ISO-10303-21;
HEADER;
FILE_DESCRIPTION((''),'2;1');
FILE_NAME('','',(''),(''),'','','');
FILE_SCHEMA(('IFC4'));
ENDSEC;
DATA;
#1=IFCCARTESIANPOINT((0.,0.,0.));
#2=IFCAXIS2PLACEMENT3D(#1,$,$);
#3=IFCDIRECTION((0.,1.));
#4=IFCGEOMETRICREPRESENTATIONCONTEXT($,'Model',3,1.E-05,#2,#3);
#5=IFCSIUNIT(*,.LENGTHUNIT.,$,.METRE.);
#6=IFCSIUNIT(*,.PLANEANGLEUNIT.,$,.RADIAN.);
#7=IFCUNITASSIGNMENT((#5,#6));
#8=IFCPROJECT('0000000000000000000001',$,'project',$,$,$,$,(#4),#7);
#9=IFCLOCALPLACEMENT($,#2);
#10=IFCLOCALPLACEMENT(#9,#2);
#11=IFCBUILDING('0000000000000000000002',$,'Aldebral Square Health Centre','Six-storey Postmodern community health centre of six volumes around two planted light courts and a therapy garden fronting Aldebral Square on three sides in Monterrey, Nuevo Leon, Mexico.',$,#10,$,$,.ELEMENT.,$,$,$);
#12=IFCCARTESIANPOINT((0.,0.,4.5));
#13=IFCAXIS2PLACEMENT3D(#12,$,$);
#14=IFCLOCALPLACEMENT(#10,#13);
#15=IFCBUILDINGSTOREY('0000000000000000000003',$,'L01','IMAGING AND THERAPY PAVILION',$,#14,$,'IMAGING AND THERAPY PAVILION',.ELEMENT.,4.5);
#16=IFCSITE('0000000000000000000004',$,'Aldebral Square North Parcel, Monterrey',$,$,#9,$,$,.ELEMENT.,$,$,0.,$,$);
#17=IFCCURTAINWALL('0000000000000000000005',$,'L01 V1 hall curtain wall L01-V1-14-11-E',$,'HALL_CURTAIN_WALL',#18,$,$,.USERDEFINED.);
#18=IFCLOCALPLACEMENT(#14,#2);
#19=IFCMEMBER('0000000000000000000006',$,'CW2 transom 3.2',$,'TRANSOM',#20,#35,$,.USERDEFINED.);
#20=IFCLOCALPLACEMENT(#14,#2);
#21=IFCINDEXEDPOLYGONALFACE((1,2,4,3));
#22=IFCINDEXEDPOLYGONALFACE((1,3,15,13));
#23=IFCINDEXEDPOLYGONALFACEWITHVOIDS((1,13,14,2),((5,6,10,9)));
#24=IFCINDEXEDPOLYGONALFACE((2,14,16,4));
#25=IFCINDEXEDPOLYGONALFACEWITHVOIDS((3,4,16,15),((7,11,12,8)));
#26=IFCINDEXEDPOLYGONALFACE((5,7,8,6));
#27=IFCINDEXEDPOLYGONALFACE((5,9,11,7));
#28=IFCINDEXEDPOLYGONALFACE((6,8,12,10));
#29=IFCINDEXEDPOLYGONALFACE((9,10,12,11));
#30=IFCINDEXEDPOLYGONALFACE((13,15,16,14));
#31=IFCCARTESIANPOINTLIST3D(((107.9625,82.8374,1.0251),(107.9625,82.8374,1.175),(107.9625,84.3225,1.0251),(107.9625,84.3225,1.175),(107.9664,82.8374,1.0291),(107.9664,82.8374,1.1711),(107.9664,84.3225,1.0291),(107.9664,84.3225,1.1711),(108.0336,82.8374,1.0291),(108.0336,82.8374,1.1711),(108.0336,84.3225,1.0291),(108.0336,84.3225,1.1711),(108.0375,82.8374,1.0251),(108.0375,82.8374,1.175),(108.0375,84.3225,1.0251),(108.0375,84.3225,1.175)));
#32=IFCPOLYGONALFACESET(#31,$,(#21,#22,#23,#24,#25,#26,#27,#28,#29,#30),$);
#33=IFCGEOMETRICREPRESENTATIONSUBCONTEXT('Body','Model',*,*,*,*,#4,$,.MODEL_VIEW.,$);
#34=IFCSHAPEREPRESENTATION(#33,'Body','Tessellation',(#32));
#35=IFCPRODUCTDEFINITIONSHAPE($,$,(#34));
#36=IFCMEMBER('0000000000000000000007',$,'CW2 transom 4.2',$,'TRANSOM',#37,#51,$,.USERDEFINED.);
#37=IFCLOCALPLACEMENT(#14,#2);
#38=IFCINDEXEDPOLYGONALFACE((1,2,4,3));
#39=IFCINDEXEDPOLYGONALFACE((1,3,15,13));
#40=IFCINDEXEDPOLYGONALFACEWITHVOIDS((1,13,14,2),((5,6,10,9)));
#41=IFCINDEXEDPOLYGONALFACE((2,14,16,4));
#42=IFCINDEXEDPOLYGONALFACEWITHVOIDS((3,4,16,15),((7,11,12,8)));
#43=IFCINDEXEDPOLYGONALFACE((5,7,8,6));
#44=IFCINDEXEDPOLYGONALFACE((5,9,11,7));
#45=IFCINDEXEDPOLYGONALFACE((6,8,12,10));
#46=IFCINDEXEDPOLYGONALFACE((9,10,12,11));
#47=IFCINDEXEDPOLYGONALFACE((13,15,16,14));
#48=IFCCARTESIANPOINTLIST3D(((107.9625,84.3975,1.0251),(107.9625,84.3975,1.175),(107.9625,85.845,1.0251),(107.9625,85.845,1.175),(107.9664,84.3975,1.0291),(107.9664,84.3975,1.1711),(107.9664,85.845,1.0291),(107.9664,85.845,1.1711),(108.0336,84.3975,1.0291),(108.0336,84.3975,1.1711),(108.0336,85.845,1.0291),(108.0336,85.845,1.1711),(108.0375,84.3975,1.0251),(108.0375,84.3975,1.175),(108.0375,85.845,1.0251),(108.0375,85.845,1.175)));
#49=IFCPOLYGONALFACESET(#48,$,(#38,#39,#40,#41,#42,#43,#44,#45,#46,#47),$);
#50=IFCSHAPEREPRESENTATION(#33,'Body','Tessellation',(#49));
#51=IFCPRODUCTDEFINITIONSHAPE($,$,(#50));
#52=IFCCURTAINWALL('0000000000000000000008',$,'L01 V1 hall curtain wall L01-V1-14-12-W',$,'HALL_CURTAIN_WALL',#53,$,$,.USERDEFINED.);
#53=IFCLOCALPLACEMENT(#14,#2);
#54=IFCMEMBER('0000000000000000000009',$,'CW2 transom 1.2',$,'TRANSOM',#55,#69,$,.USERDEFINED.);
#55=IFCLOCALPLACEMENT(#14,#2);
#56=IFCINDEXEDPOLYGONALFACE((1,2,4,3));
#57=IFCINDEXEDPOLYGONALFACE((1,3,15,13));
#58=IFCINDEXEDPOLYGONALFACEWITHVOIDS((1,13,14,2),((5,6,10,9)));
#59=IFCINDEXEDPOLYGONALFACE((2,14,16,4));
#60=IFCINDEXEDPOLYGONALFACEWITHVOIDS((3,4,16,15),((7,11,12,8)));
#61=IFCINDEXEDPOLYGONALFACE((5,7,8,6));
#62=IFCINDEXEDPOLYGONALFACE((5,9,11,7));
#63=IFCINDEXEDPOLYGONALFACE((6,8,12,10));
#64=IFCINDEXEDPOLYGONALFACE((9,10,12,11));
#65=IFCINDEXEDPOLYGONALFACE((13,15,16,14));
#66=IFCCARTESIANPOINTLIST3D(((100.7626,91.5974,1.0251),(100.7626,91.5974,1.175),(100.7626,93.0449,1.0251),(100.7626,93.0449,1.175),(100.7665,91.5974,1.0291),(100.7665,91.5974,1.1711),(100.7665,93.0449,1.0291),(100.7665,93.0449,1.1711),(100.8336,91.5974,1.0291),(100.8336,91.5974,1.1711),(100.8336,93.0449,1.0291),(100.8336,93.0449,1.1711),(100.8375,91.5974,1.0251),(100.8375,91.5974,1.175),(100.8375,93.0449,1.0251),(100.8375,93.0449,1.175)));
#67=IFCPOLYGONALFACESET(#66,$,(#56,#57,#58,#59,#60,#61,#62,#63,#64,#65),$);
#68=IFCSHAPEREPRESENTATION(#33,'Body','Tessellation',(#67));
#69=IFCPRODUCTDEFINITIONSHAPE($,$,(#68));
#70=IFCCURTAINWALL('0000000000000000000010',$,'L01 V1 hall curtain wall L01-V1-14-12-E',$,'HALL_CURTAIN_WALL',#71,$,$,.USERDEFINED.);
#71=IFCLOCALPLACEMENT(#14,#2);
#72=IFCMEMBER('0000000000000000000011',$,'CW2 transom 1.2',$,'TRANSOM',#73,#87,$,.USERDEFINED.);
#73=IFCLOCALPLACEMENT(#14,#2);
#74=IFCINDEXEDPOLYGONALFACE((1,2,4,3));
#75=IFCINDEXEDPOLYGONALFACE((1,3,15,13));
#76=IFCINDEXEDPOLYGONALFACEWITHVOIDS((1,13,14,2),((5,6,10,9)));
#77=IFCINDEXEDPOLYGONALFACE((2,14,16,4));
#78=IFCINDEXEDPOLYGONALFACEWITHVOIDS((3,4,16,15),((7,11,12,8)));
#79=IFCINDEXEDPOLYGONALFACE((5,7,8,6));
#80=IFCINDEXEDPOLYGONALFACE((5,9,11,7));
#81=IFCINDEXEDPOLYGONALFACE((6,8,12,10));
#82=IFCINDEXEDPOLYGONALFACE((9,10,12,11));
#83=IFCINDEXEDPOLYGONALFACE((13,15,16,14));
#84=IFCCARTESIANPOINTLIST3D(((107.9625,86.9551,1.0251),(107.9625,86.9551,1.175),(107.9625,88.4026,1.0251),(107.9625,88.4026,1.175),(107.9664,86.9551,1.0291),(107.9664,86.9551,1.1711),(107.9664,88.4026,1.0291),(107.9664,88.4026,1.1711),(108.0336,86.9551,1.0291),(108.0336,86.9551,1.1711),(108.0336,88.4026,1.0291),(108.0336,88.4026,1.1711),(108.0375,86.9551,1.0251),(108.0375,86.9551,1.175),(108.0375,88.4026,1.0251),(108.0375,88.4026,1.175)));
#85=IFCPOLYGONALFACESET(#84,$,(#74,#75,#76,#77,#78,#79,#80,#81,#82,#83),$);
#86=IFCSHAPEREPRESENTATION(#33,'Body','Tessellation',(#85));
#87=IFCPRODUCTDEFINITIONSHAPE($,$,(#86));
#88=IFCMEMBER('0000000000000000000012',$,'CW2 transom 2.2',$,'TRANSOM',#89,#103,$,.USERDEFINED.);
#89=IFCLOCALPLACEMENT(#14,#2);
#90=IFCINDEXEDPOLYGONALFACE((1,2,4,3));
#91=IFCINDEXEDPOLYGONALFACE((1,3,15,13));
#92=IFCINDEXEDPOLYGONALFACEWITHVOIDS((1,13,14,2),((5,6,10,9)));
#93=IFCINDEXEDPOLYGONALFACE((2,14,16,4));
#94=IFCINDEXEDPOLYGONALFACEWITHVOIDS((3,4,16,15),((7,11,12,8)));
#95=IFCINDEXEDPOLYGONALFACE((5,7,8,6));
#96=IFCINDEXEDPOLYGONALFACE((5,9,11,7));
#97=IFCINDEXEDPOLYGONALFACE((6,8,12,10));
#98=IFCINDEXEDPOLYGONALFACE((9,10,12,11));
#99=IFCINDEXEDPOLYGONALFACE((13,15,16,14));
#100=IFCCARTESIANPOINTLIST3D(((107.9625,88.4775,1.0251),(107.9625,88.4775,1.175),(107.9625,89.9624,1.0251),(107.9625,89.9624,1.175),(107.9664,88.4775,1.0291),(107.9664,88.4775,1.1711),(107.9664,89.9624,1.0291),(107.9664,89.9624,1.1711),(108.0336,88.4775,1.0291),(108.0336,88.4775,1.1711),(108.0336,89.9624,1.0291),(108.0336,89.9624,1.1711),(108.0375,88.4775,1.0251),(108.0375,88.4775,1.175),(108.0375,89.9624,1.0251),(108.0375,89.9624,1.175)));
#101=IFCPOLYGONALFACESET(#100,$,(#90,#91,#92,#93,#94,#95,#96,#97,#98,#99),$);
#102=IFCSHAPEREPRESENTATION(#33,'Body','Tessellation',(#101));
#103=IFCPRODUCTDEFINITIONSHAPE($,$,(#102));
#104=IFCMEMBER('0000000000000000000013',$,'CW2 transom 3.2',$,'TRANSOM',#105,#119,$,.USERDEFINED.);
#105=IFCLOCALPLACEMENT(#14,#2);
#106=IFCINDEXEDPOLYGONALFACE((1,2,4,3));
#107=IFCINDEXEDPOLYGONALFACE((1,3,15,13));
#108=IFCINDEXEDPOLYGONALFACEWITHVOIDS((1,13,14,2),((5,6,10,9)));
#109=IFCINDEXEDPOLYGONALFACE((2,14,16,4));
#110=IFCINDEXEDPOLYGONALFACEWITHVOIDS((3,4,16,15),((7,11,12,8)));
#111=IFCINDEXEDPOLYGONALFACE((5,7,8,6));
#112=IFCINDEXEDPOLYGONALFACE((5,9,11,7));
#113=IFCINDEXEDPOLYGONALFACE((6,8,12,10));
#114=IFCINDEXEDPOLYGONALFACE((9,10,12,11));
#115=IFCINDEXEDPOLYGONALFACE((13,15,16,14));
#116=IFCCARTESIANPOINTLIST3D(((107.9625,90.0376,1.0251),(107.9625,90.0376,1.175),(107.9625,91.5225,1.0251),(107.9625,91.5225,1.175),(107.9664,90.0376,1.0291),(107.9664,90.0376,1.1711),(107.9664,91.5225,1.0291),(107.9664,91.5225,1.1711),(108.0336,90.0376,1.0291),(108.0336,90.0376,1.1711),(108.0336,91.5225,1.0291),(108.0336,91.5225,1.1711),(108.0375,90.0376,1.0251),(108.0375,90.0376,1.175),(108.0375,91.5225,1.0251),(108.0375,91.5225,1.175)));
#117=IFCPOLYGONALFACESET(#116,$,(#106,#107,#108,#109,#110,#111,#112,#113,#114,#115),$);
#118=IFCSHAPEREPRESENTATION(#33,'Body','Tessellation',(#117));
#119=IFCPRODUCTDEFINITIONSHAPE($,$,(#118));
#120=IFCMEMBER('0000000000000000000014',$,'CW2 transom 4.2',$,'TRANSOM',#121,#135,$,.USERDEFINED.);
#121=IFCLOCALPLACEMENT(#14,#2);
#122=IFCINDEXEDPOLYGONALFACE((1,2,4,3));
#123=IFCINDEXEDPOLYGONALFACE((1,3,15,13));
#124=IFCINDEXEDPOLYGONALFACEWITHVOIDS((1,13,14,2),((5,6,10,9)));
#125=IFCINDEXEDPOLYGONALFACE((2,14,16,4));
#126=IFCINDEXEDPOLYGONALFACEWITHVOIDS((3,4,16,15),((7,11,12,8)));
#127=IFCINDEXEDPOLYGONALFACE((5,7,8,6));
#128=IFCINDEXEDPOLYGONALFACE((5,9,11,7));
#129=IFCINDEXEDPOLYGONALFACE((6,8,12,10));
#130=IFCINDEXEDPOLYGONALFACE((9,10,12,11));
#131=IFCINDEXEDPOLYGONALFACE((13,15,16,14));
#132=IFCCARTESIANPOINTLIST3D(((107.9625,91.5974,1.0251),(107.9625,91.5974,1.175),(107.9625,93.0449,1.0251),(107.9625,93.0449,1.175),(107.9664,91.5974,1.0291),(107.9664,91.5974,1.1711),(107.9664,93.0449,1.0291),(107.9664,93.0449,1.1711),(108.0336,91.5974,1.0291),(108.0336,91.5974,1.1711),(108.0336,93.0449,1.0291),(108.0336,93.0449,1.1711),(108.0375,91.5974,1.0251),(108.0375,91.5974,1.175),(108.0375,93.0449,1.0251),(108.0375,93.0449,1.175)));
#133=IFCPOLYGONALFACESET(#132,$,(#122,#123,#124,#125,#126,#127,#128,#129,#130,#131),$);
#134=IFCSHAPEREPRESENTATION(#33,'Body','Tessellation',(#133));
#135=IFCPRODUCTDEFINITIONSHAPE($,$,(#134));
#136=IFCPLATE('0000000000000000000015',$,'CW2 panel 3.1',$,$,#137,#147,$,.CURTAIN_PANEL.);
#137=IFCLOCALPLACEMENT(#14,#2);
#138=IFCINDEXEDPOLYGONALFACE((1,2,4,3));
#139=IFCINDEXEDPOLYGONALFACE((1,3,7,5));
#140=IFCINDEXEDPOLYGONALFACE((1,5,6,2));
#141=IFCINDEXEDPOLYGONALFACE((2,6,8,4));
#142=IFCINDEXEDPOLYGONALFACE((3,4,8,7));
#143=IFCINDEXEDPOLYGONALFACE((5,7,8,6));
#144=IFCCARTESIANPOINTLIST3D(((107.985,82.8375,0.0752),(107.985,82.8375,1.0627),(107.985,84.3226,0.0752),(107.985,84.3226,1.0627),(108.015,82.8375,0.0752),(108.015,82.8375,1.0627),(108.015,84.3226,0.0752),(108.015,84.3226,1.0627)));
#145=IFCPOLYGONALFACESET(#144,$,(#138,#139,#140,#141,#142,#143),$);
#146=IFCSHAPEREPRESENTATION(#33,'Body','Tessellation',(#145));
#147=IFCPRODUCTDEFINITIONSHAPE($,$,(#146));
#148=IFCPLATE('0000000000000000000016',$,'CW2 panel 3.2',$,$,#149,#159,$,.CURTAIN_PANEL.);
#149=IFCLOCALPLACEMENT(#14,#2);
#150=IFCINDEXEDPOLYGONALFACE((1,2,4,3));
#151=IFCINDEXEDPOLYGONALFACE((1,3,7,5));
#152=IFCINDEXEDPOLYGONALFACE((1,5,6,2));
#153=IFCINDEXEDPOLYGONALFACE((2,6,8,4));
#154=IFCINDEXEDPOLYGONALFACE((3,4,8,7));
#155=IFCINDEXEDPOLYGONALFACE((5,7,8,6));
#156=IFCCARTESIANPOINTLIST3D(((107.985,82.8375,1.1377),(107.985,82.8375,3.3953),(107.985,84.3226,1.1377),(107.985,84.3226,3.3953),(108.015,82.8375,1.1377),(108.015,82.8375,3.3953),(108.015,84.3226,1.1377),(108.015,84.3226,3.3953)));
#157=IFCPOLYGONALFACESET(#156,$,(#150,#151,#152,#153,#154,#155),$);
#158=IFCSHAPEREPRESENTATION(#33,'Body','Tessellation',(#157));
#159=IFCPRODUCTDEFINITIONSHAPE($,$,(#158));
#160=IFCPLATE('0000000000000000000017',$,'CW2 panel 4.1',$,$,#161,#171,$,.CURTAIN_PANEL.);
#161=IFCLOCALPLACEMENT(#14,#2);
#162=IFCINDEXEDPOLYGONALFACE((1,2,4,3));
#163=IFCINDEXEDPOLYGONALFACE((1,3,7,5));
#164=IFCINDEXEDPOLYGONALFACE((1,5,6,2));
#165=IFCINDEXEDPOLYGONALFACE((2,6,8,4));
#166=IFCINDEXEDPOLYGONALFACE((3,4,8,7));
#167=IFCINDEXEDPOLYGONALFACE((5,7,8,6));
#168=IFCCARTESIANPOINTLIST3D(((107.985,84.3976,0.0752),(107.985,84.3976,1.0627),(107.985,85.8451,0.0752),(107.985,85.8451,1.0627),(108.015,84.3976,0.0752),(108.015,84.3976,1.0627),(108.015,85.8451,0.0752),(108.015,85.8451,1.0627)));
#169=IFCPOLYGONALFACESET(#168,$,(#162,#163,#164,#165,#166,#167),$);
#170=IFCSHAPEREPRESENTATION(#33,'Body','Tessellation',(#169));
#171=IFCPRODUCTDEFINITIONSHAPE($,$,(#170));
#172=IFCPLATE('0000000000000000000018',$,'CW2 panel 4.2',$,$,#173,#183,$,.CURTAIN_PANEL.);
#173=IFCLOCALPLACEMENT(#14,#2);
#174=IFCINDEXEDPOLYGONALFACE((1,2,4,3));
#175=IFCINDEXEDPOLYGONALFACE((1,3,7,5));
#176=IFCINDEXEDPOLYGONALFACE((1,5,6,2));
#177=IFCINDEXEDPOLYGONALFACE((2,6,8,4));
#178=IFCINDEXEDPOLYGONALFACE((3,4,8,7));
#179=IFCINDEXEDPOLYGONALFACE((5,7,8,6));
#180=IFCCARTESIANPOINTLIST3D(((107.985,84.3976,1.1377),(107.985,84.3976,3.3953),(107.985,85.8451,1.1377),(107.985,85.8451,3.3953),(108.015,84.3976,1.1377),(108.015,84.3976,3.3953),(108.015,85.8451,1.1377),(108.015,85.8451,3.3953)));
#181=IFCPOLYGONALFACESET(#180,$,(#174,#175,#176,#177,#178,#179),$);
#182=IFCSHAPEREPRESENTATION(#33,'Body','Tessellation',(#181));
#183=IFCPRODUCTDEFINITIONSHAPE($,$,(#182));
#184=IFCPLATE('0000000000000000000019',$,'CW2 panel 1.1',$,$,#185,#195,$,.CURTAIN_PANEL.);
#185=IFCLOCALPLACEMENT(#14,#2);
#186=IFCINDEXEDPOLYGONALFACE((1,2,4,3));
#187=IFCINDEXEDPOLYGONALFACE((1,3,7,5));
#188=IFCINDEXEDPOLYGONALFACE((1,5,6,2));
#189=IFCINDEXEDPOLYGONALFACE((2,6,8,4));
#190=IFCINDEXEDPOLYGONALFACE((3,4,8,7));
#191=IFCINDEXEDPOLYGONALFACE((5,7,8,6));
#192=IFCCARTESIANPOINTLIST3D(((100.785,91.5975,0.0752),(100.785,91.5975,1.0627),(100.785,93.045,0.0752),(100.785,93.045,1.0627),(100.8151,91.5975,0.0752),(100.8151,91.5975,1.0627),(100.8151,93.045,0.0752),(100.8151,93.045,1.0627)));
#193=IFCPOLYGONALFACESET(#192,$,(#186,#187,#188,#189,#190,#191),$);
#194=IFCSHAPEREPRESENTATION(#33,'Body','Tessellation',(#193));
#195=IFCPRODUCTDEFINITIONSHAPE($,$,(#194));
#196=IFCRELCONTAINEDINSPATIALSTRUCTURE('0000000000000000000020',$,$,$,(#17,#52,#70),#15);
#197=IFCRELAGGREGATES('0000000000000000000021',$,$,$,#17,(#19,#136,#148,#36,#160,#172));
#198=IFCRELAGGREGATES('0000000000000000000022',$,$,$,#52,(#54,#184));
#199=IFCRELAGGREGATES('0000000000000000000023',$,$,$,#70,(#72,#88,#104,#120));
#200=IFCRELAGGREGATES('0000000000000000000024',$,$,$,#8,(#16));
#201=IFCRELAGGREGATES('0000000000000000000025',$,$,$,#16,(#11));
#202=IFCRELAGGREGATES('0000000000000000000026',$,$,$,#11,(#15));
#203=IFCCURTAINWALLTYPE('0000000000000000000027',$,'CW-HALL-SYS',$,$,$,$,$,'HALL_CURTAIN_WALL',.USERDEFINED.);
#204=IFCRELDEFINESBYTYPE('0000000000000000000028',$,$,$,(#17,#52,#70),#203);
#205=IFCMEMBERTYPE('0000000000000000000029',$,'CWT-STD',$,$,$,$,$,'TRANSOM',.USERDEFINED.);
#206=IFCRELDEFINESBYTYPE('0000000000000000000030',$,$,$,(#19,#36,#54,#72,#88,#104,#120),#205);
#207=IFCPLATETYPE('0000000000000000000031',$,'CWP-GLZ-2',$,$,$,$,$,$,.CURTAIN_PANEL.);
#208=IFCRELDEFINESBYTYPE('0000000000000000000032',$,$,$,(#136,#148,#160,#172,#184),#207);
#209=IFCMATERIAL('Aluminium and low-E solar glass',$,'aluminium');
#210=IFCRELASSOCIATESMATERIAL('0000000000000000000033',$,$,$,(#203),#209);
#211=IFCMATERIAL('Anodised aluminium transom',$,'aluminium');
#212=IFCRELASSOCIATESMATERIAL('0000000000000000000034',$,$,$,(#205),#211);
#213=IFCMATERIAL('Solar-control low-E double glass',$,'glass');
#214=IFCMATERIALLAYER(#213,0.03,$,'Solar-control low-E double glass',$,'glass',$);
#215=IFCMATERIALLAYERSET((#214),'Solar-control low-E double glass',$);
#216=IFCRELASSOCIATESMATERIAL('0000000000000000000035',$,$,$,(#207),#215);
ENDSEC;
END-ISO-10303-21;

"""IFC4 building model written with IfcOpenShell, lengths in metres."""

from ifc_helpers import new_model, si_unit, direction, frame, origin, origin_2d, place, context, subcontext, project, spatial, rectangle, hollow_rectangle, extrude, material, layer, layer_set, material_profile, profile_set, type_object, element, aggregate, save


model = new_model("IFC4")

# Units and contexts
model_context = context("Model", 3, precision=1e-05, world=origin(), true_north=direction((0.0, 1.0)))
body_context = subcontext(model_context, "Body", "Model", "MODEL_VIEW")
ifc_project = project(units=[si_unit("LENGTHUNIT", "METRE"), si_unit("PLANEANGLEUNIT", "RADIAN")], contexts=[model_context])

# Site, building, storey
site_placement = place(None, origin())
site = spatial("IfcSite", under=ifc_project, at=site_placement, Name="Aldebral Square North Parcel, Monterrey", CompositionType="ELEMENT", RefElevation=0.0)
building_placement = place(site_placement, origin())
building = spatial("IfcBuilding", under=site, at=building_placement, Name="Aldebral Square Health Centre", Description="Six-storey Postmodern community health centre of six volumes around two planted light courts and a therapy garden fronting Aldebral Square on three sides in Monterrey, Nuevo Leon, Mexico.", CompositionType="ELEMENT")
storey_placement = place(building_placement, frame((0.0, 0.0, 4.5)))
storey = spatial("IfcBuildingStorey", under=building, at=storey_placement, Name="L01", Description="IMAGING AND THERAPY PAVILION", LongName="IMAGING AND THERAPY PAVILION", CompositionType="ELEMENT", Elevation=4.5)

# Curtain wall, members
ifc_material_1 = material(Name="Aluminium and low-E solar glass", Category="aluminium")
curtain_wall_type = type_object("IfcCurtainWallType", Name="CW-HALL-SYS", ElementType="HALL_CURTAIN_WALL", PredefinedType="USERDEFINED", material=ifc_material_1)
curtain_wall_1_placement = place(storey_placement, origin())
curtain_wall_1 = element("IfcCurtainWall", 1, at=curtain_wall_1_placement, inside=storey, type_object=curtain_wall_type, Name="L01 V1 hall curtain wall L01-V1-14-11-E", ObjectType="HALL_CURTAIN_WALL", PredefinedType="USERDEFINED")
ifc_material_2 = material(Name="Anodised aluminium transom", Category="aluminium")
ifc_material_profile = material_profile(ifc_material_2, hollow_rectangle(XDim=0.075, YDim=0.1499, WallThickness=0.0039, at=origin_2d()), Name="CWT 75x150x4")
ifc_profile_set = profile_set([ifc_material_profile], Name="Anodised aluminium transom")
member_type = type_object("IfcMemberType", Name="CWT-STD", ElementType="TRANSOM", PredefinedType="USERDEFINED", material=ifc_profile_set)
member_1_placement = place(storey_placement, frame((108.0, 82.8374, 1.1001), z_axis=(0.0, 1.0, 0.0), x_axis=(-1.0, 0.0, 0.0)))
member_1 = element("IfcMember", 2, at=member_1_placement, type_object=member_type, Name="CW2 transom 3.2", ObjectType="TRANSOM", PredefinedType="USERDEFINED", context=body_context, shape_type="SweptSolid", body=[
    extrude(hollow_rectangle(XDim=0.075, YDim=0.1499, WallThickness=0.0039, at=origin_2d()), origin(), (0.0, 0.0, 1.0), 1.4851),
])
member_2_placement = place(storey_placement, frame((108.0, 84.3975, 1.1001), z_axis=(0.0, 1.0, 0.0), x_axis=(-1.0, 0.0, 0.0)))
member_2 = element("IfcMember", 3, at=member_2_placement, type_object=member_type, Name="CW2 transom 4.2", ObjectType="TRANSOM", PredefinedType="USERDEFINED", context=body_context, shape_type="SweptSolid", body=[
    extrude(hollow_rectangle(XDim=0.075, YDim=0.1499, WallThickness=0.0039, at=origin_2d()), origin(), (0.0, 0.0, 1.0), 1.4475),
])

# Curtain wall, member
curtain_wall_2_placement = place(storey_placement, origin())
curtain_wall_2 = element("IfcCurtainWall", 4, at=curtain_wall_2_placement, inside=storey, type_object=curtain_wall_type, Name="L01 V1 hall curtain wall L01-V1-14-12-W", ObjectType="HALL_CURTAIN_WALL", PredefinedType="USERDEFINED")
member_3_placement = place(storey_placement, frame((100.8, 93.0449, 1.1001), z_axis=(0.0, -1.0, 0.0), x_axis=(1.0, 0.0, 0.0)))
member_3 = element("IfcMember", 5, at=member_3_placement, type_object=member_type, Name="CW2 transom 1.2", ObjectType="TRANSOM", PredefinedType="USERDEFINED", context=body_context, shape_type="SweptSolid", body=[
    extrude(hollow_rectangle(XDim=0.075, YDim=0.1499, WallThickness=0.0039, at=origin_2d()), origin(), (0.0, 0.0, 1.0), 1.4475),
])

# Curtain wall, members
curtain_wall_3_placement = place(storey_placement, origin())
curtain_wall_3 = element("IfcCurtainWall", 6, at=curtain_wall_3_placement, inside=storey, type_object=curtain_wall_type, Name="L01 V1 hall curtain wall L01-V1-14-12-E", ObjectType="HALL_CURTAIN_WALL", PredefinedType="USERDEFINED")
member_4_placement = place(storey_placement, frame((108.0, 86.9551, 1.1001), z_axis=(0.0, 1.0, 0.0), x_axis=(-1.0, 0.0, 0.0)))
member_4 = element("IfcMember", 7, at=member_4_placement, type_object=member_type, Name="CW2 transom 1.2", ObjectType="TRANSOM", PredefinedType="USERDEFINED", context=body_context, shape_type="SweptSolid", body=[
    extrude(hollow_rectangle(XDim=0.075, YDim=0.1499, WallThickness=0.0039, at=origin_2d()), origin(), (0.0, 0.0, 1.0), 1.4475),
])
member_5_placement = place(storey_placement, frame((108.0, 88.4775, 1.1001), z_axis=(0.0, 1.0, 0.0), x_axis=(-1.0, 0.0, 0.0)))
member_5 = element("IfcMember", 8, at=member_5_placement, type_object=member_type, Name="CW2 transom 2.2", ObjectType="TRANSOM", PredefinedType="USERDEFINED", context=body_context, shape_type="SweptSolid", body=[
    extrude(hollow_rectangle(XDim=0.075, YDim=0.1499, WallThickness=0.0039, at=origin_2d()), origin(), (0.0, 0.0, 1.0), 1.4849),
])
member_6_placement = place(storey_placement, frame((108.0, 90.0376, 1.1001), z_axis=(0.0, 1.0, 0.0), x_axis=(-1.0, 0.0, 0.0)))
member_6 = element("IfcMember", 9, at=member_6_placement, type_object=member_type, Name="CW2 transom 3.2", ObjectType="TRANSOM", PredefinedType="USERDEFINED", context=body_context, shape_type="SweptSolid", body=[
    extrude(hollow_rectangle(XDim=0.075, YDim=0.1499, WallThickness=0.0039, at=origin_2d()), origin(), (0.0, 0.0, 1.0), 1.4849),
])
member_7_placement = place(storey_placement, frame((108.0, 91.5974, 1.1001), z_axis=(0.0, 1.0, 0.0), x_axis=(-1.0, 0.0, 0.0)))
member_7 = element("IfcMember", 10, at=member_7_placement, type_object=member_type, Name="CW2 transom 4.2", ObjectType="TRANSOM", PredefinedType="USERDEFINED", context=body_context, shape_type="SweptSolid", body=[
    extrude(hollow_rectangle(XDim=0.075, YDim=0.1499, WallThickness=0.0039, at=origin_2d()), origin(), (0.0, 0.0, 1.0), 1.4475),
])

# Plates
ifc_material_3 = material(Name="Solar-control low-E double glass", Category="glass")
ifc_layer = layer(ifc_material_3, 0.03, Name="Solar-control low-E double glass", Category="glass")
ifc_layer_set = layer_set([ifc_layer], Name="Solar-control low-E double glass")
plate_type = type_object("IfcPlateType", Name="CWP-GLZ-2", PredefinedType="CURTAIN_PANEL", material=ifc_layer_set)
plate_1_placement = place(storey_placement, frame((108.0, 83.5801, 0.0752), z_axis=(0.0, 0.0, 1.0), x_axis=(0.0, 1.0, 0.0)))
plate_1 = element("IfcPlate", 11, at=plate_1_placement, type_object=plate_type, Name="CW2 panel 3.1", PredefinedType="CURTAIN_PANEL", context=body_context, shape_type="SweptSolid", body=[
    extrude(rectangle(XDim=1.4851, YDim=0.03, at=origin_2d()), origin(), (0.0, 0.0, 1.0), 0.9875),
])
plate_2_placement = place(storey_placement, frame((108.0, 83.5801, 1.1377), z_axis=(0.0, 0.0, 1.0), x_axis=(0.0, 1.0, 0.0)))
plate_2 = element("IfcPlate", 12, at=plate_2_placement, type_object=plate_type, Name="CW2 panel 3.2", PredefinedType="CURTAIN_PANEL", context=body_context, shape_type="SweptSolid", body=[
    extrude(rectangle(XDim=1.4851, YDim=0.03, at=origin_2d()), origin(), (0.0, 0.0, 1.0), 2.2576),
])
plate_3_placement = place(storey_placement, frame((108.0, 85.1213, 0.0752), z_axis=(0.0, 0.0, 1.0), x_axis=(0.0, 1.0, 0.0)))
plate_3 = element("IfcPlate", 13, at=plate_3_placement, type_object=plate_type, Name="CW2 panel 4.1", PredefinedType="CURTAIN_PANEL", context=body_context, shape_type="SweptSolid", body=[
    extrude(rectangle(XDim=1.4475, YDim=0.03, at=origin_2d()), origin(), (0.0, 0.0, 1.0), 0.9875),
])
plate_4_placement = place(storey_placement, frame((108.0, 85.1213, 1.1377), z_axis=(0.0, 0.0, 1.0), x_axis=(0.0, 1.0, 0.0)))
plate_4 = element("IfcPlate", 14, at=plate_4_placement, type_object=plate_type, Name="CW2 panel 4.2", PredefinedType="CURTAIN_PANEL", context=body_context, shape_type="SweptSolid", body=[
    extrude(rectangle(XDim=1.4475, YDim=0.03, at=origin_2d()), origin(), (0.0, 0.0, 1.0), 2.2576),
])
aggregate(curtain_wall_1, [member_1, plate_1, plate_2, member_2, plate_3, plate_4])
plate_5_placement = place(storey_placement, frame((100.8, 92.3213, 0.0752), z_axis=(0.0, 0.0, 1.0), x_axis=(0.0, -1.0, 0.0)))
plate_5 = element("IfcPlate", 15, at=plate_5_placement, type_object=plate_type, Name="CW2 panel 1.1", PredefinedType="CURTAIN_PANEL", context=body_context, shape_type="SweptSolid", body=[
    extrude(rectangle(XDim=1.4475, YDim=0.03, at=origin_2d()), origin(), (0.0, 0.0, 1.0), 0.9875),
])
aggregate(curtain_wall_2, [member_3, plate_5])
aggregate(curtain_wall_3, [member_4, member_5, member_6, member_7])

save(model, "model.ifc")
